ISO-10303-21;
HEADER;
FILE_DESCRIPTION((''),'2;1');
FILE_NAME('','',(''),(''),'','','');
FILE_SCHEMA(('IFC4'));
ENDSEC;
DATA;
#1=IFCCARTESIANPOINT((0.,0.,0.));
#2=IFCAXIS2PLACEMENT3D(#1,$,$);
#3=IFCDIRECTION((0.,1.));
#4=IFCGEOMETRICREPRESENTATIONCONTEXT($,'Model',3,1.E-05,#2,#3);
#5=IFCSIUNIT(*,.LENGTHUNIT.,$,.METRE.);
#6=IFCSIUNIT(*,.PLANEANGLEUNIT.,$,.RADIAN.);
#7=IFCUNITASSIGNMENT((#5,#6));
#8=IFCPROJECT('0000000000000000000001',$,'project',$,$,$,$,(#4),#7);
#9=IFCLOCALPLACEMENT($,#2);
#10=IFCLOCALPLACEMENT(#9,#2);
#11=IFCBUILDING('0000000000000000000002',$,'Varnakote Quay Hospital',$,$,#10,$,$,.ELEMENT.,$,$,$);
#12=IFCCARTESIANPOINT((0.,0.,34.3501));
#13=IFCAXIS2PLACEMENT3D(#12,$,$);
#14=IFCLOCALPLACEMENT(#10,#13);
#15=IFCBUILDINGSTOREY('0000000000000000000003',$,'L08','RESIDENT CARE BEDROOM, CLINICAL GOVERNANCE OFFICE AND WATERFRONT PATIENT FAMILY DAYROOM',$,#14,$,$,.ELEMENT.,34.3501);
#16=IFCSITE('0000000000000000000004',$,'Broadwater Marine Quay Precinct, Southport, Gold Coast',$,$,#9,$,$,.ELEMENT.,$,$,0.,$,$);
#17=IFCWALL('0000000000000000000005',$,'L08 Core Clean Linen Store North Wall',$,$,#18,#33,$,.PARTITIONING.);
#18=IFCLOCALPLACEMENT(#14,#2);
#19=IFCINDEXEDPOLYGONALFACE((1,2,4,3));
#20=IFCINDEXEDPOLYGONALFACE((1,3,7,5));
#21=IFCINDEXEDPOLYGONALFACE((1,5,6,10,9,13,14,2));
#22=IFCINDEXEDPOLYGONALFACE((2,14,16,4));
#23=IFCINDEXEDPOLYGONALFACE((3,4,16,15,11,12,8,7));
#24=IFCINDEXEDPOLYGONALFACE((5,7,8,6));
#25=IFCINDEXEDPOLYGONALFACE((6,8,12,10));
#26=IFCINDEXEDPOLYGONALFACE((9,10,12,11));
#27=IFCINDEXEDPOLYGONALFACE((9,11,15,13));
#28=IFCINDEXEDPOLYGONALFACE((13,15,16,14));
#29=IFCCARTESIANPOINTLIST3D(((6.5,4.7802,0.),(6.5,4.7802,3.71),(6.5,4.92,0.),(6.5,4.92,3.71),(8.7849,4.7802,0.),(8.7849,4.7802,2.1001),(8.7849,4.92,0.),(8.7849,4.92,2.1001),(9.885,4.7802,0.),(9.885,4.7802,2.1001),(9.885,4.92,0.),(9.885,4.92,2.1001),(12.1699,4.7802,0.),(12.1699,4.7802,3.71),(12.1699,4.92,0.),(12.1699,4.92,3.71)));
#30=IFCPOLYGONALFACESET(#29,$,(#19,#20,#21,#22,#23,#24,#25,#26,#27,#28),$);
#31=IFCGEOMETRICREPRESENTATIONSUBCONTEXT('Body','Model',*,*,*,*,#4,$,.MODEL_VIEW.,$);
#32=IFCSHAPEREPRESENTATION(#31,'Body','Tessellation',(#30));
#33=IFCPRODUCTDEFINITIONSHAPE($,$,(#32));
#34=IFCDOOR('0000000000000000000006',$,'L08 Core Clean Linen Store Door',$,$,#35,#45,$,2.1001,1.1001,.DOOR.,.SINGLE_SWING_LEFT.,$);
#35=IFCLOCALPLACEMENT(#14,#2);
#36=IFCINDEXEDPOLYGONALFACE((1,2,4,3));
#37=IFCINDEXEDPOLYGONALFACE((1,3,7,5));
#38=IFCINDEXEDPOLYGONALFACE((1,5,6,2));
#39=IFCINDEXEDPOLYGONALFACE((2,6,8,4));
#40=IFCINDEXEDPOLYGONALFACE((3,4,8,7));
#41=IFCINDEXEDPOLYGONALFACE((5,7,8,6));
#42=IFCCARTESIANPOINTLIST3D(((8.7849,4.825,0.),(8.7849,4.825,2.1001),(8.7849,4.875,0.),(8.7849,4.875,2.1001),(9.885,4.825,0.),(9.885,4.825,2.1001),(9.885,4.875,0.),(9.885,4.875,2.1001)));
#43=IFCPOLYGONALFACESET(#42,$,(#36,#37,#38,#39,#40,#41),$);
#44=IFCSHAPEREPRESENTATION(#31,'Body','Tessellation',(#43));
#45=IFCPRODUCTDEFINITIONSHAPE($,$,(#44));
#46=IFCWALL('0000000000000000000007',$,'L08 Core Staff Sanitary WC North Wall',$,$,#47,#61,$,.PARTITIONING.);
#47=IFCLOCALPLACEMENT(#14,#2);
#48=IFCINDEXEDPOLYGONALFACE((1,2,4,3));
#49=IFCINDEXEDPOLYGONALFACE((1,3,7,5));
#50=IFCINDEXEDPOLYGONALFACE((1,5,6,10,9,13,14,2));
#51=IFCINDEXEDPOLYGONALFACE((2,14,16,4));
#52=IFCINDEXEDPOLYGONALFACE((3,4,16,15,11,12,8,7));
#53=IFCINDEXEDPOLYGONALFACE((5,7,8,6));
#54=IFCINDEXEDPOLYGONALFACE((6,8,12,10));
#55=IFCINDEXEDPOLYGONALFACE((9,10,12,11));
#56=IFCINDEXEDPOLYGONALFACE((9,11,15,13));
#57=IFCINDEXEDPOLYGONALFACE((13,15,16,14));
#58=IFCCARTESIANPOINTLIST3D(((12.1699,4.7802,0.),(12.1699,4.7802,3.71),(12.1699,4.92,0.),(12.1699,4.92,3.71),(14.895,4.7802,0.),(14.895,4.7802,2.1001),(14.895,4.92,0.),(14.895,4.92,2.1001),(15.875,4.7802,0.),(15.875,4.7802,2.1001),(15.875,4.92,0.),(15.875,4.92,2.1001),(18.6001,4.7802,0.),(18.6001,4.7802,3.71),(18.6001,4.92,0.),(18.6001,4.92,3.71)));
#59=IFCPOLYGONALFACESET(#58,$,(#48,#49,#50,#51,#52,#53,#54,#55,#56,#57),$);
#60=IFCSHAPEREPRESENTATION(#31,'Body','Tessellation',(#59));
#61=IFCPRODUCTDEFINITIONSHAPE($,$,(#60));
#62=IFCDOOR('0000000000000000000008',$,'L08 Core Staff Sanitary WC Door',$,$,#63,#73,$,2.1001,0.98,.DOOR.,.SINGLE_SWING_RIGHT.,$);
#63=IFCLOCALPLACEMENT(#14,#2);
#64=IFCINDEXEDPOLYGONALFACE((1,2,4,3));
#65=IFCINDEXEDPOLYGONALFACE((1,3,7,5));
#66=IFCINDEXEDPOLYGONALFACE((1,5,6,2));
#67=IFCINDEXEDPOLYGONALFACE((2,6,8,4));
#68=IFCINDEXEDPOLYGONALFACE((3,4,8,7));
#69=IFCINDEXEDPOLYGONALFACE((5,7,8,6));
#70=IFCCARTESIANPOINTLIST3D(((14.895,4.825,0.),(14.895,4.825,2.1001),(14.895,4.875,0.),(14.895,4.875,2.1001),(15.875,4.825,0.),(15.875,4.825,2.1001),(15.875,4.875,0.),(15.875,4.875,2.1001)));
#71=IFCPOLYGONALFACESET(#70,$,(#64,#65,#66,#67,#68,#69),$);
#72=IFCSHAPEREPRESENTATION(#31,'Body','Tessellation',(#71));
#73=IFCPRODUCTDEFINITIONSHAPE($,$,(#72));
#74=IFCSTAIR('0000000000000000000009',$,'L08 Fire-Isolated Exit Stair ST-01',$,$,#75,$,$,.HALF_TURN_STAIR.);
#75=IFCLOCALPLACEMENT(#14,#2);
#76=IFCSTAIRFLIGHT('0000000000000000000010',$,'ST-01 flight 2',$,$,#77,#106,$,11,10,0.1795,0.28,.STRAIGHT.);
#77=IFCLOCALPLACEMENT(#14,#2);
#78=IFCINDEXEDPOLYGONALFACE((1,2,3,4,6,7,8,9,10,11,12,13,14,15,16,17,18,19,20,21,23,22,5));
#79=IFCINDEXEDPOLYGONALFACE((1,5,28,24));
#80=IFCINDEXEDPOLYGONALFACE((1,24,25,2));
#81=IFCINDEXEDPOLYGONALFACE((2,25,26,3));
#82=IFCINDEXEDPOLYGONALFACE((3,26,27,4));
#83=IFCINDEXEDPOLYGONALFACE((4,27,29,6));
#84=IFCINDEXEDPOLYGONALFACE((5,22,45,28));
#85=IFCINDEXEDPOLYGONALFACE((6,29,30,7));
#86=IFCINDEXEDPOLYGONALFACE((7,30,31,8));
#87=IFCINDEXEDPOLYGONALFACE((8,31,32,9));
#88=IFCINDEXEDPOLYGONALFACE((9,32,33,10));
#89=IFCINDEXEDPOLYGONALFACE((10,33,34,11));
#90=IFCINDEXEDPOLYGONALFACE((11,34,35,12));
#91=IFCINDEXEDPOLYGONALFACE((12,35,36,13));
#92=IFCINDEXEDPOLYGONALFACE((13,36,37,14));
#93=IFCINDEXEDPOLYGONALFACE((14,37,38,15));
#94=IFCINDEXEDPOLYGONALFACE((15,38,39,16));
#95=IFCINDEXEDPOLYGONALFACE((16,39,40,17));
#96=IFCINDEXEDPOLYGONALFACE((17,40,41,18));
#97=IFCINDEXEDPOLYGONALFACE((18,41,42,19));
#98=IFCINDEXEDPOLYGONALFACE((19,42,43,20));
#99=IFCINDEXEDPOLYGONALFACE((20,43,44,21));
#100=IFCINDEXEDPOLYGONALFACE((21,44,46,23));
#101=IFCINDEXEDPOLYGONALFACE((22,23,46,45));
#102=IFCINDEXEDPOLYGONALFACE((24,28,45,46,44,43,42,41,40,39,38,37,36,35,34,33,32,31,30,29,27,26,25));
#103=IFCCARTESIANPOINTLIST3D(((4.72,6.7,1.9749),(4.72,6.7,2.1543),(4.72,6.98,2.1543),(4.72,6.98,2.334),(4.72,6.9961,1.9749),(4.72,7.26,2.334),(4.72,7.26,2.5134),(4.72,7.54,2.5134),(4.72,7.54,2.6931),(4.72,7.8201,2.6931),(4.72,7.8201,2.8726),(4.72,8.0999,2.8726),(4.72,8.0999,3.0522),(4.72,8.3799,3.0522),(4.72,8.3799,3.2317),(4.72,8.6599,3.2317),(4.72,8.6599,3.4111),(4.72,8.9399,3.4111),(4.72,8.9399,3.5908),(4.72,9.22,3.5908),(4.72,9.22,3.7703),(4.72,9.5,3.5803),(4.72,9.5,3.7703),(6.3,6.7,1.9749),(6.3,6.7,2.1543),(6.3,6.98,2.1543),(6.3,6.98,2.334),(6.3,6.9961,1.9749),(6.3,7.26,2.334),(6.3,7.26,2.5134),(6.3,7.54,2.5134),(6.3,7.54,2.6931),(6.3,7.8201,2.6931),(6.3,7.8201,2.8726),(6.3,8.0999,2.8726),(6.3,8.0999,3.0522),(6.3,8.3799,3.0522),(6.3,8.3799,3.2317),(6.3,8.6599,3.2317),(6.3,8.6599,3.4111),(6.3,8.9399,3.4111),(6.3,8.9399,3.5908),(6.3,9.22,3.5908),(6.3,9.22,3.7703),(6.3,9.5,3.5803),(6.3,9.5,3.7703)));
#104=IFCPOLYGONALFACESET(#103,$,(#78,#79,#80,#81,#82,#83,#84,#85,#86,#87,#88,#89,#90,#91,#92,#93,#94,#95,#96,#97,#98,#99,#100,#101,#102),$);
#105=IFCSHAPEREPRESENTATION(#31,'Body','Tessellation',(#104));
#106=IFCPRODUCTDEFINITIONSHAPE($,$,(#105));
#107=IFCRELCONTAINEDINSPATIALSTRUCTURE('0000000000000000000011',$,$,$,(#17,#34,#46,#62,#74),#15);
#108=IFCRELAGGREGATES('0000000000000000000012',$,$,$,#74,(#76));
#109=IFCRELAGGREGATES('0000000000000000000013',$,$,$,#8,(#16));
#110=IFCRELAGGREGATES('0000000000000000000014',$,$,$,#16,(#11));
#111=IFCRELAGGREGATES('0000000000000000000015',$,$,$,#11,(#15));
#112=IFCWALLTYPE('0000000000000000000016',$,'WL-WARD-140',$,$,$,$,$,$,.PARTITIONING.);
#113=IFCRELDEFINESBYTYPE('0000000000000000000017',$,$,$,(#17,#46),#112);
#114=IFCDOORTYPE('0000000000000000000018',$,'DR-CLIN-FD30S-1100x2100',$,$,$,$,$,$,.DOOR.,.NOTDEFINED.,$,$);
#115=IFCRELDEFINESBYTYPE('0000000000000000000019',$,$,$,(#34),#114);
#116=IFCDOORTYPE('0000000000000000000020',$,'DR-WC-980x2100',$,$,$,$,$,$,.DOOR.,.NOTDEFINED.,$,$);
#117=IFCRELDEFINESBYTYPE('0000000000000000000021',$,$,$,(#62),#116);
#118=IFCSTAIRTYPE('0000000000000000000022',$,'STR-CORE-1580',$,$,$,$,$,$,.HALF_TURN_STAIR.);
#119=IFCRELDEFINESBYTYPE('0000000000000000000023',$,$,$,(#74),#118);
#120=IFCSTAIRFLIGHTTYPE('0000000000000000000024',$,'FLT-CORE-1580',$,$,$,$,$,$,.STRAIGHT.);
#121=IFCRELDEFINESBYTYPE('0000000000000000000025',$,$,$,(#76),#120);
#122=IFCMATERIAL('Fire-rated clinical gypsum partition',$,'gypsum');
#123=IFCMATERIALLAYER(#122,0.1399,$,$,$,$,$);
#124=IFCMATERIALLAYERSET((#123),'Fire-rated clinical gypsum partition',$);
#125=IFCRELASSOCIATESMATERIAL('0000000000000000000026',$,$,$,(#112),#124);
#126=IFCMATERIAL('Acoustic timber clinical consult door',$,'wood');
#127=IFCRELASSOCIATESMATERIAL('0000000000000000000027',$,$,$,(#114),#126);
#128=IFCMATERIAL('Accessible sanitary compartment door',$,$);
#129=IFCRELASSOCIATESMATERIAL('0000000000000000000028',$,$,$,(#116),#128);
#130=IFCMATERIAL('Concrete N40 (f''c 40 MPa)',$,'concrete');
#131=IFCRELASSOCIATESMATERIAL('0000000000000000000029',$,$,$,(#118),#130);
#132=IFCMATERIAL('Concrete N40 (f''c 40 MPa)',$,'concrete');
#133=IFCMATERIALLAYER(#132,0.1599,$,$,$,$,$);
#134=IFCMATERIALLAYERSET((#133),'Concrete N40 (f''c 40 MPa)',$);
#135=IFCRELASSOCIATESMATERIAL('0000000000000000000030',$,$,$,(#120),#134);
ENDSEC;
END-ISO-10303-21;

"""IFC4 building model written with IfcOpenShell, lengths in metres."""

from ifc_helpers import new_model, si_unit, direction, frame, frame_2d, origin, place, context, subcontext, project, spatial, polyline, rectangle, outline, extrude, material, layer, layer_set, type_object, element, fill, aggregate, save


model = new_model("IFC4")

# Units and contexts
model_context = context("Model", 3, precision=1e-05, world=origin(), true_north=direction((0.0, 1.0)))
body_context = subcontext(model_context, "Body", "Model", "MODEL_VIEW")
ifc_project = project(units=[si_unit("LENGTHUNIT", "METRE"), si_unit("PLANEANGLEUNIT", "RADIAN")], contexts=[model_context])

# Site, building, storey
site_placement = place(None, origin())
site = spatial("IfcSite", under=ifc_project, at=site_placement, Name="Broadwater Marine Quay Precinct, Southport, Gold Coast", CompositionType="ELEMENT", RefElevation=0.0)
building_placement = place(site_placement, origin())
building = spatial("IfcBuilding", under=site, at=building_placement, Name="Varnakote Quay Hospital", CompositionType="ELEMENT")
storey_placement = place(building_placement, frame((0.0, 0.0, 34.3501)))
storey = spatial("IfcBuildingStorey", under=building, at=storey_placement, Name="L08", Description="RESIDENT CARE BEDROOM, CLINICAL GOVERNANCE OFFICE AND WATERFRONT PATIENT FAMILY DAYROOM", CompositionType="ELEMENT", Elevation=34.3501)

# Walls, openings, doors
ifc_material_1 = material(Name="Fire-rated clinical gypsum partition", Category="gypsum")
ifc_layer_1 = layer(ifc_material_1, 0.1399)
ifc_layer_set_1 = layer_set([ifc_layer_1], Name="Fire-rated clinical gypsum partition")
wall_type_1 = type_object("IfcWallType", Name="WL-WARD-140", PredefinedType="PARTITIONING", material=ifc_layer_set_1)
wall_1_placement = place(storey_placement, frame((6.5, 4.8501, 0.0), z_axis=(0.0, 0.0, 1.0), x_axis=(1.0, 0.0, 0.0)))
wall_1 = element("IfcWall", 1, at=wall_1_placement, inside=storey, type_object=wall_type_1, Name="L08 Core Clean Linen Store North Wall", PredefinedType="PARTITIONING", context=body_context, shape_type="SweptSolid", body=[
    extrude(rectangle(XDim=5.6699, YDim=0.1399, at=frame_2d((2.835, 0.0))), origin(), (0.0, 0.0, 1.0), 3.71),
])
opening_1_placement = place(wall_1_placement, frame((2.2849, 0.0, 0.0)))
opening_1 = element("IfcOpeningElement", 2, at=opening_1_placement, cuts=wall_1, PredefinedType="OPENING", context=body_context, shape_type="SweptSolid", body=[
    extrude(rectangle(XDim=1.1001, YDim=2.1001, at=frame_2d((0.55, 1.05))), frame((0.0, 0.0798, 0.0), z_axis=(0.0, -1.0, 0.0), x_axis=(1.0, 0.0, 0.0)), (0.0, 0.0, 1.0), 0.1599),
])
ifc_material_2 = material(Name="Acoustic timber clinical consult door", Category="wood")
door_type_1 = type_object("IfcDoorType", Name="DR-CLIN-FD30S-1100x2100", OperationType="NOTDEFINED", PredefinedType="DOOR", material=ifc_material_2)
door_1_placement = place(opening_1_placement, origin())
door_1 = element("IfcDoor", 3, at=door_1_placement, inside=storey, type_object=door_type_1, Name="L08 Core Clean Linen Store Door", OperationType="SINGLE_SWING_LEFT", OverallHeight=2.1001, OverallWidth=1.1001, PredefinedType="DOOR", context=body_context, shape_type="SweptSolid", body=[
    extrude(rectangle(XDim=1.1001, YDim=2.1001, at=frame_2d((0.55, 1.05))), frame((0.0, 0.0249, 0.0), z_axis=(0.0, -1.0, 0.0), x_axis=(1.0, 0.0, 0.0)), (0.0, 0.0, 1.0), 0.05),
])
fill(opening_1, door_1)
wall_2_placement = place(storey_placement, frame((12.1699, 4.8501, 0.0), z_axis=(0.0, 0.0, 1.0), x_axis=(1.0, 0.0, 0.0)))
wall_2 = element("IfcWall", 4, at=wall_2_placement, inside=storey, type_object=wall_type_1, Name="L08 Core Staff Sanitary WC North Wall", PredefinedType="PARTITIONING", context=body_context, shape_type="SweptSolid", body=[
    extrude(rectangle(XDim=6.4302, YDim=0.1399, at=frame_2d((3.2151, 0.0))), origin(), (0.0, 0.0, 1.0), 3.71),
])
opening_2_placement = place(wall_2_placement, frame((2.7251, 0.0, 0.0)))
opening_2 = element("IfcOpeningElement", 5, at=opening_2_placement, cuts=wall_2, PredefinedType="OPENING", context=body_context, shape_type="SweptSolid", body=[
    extrude(rectangle(XDim=0.98, YDim=2.1001, at=frame_2d((0.49, 1.05))), frame((0.0, 0.0798, 0.0), z_axis=(0.0, -1.0, 0.0), x_axis=(1.0, 0.0, 0.0)), (0.0, 0.0, 1.0), 0.1599),
])
ifc_material_3 = material(Name="Accessible sanitary compartment door")
door_type_2 = type_object("IfcDoorType", Name="DR-WC-980x2100", OperationType="NOTDEFINED", PredefinedType="DOOR", material=ifc_material_3)
door_2_placement = place(opening_2_placement, origin())
door_2 = element("IfcDoor", 6, at=door_2_placement, inside=storey, type_object=door_type_2, Name="L08 Core Staff Sanitary WC Door", OperationType="SINGLE_SWING_RIGHT", OverallHeight=2.1001, OverallWidth=0.98, PredefinedType="DOOR", context=body_context, shape_type="SweptSolid", body=[
    extrude(rectangle(XDim=0.98, YDim=2.1001, at=frame_2d((0.49, 1.05))), frame((0.0, 0.0249, 0.0), z_axis=(0.0, -1.0, 0.0), x_axis=(1.0, 0.0, 0.0)), (0.0, 0.0, 1.0), 0.05),
])
fill(opening_2, door_2)

# Stair, stair flight
ifc_material_4 = material(Name="Concrete N40 (f'c 40 MPa)", Category="concrete")
stair_type = type_object("IfcStairType", Name="STR-CORE-1580", PredefinedType="HALF_TURN_STAIR", material=ifc_material_4)
stair_placement = place(storey_placement, origin())
stair = element("IfcStair", 7, at=stair_placement, inside=storey, type_object=stair_type, Name="L08 Fire-Isolated Exit Stair ST-01", PredefinedType="HALF_TURN_STAIR")
ifc_material_5 = material(Name="Concrete N40 (f'c 40 MPa)", Category="concrete")
ifc_layer_2 = layer(ifc_material_5, 0.1599)
ifc_layer_set_2 = layer_set([ifc_layer_2], Name="Concrete N40 (f'c 40 MPa)")
stair_flight_type = type_object("IfcStairFlightType", Name="FLT-CORE-1580", PredefinedType="STRAIGHT", material=ifc_layer_set_2)
stair_flight_placement = place(storey_placement, frame((5.51, 6.7, 1.9749), z_axis=(0.0, 0.0, 1.0), x_axis=(0.0, 1.0, 0.0)))
stair_flight = element("IfcStairFlight", 8, at=stair_flight_placement, type_object=stair_flight_type, Name="ST-01 flight 2", NumberOfRisers=11, NumberOfTreads=10, PredefinedType="STRAIGHT", RiserHeight=0.1795, TreadLength=0.28, context=body_context, shape_type="SweptSolid", body=[
    extrude(outline(polyline([(0.0, 0.0), (0.0, 0.1794), (0.28, 0.1794), (0.28, 0.3591), (0.5601, 0.3591), (0.5601, 0.5386), (0.8401, 0.5386), (0.8401, 0.7183), (1.1201, 0.7183), (1.1201, 0.8977), (1.3999, 0.8977), (1.3999, 1.0774), (1.6799, 1.0774), (1.6799, 1.2568), (1.96, 1.2568), (1.96, 1.4363), (2.24, 1.4363), (2.24, 1.616), (2.52, 1.616), (2.52, 1.7954), (2.8, 1.7954), (2.8, 1.9751), (2.8, 1.6055), (0.2961, 0.0), (0.0, 0.0)])), frame((0.0, 0.79, 0.0), z_axis=(0.0, -1.0, 0.0), x_axis=(1.0, 0.0, 0.0)), (0.0, 0.0, 1.0), 1.5801),
])
aggregate(stair, [stair_flight])

save(model, "model.ifc")
